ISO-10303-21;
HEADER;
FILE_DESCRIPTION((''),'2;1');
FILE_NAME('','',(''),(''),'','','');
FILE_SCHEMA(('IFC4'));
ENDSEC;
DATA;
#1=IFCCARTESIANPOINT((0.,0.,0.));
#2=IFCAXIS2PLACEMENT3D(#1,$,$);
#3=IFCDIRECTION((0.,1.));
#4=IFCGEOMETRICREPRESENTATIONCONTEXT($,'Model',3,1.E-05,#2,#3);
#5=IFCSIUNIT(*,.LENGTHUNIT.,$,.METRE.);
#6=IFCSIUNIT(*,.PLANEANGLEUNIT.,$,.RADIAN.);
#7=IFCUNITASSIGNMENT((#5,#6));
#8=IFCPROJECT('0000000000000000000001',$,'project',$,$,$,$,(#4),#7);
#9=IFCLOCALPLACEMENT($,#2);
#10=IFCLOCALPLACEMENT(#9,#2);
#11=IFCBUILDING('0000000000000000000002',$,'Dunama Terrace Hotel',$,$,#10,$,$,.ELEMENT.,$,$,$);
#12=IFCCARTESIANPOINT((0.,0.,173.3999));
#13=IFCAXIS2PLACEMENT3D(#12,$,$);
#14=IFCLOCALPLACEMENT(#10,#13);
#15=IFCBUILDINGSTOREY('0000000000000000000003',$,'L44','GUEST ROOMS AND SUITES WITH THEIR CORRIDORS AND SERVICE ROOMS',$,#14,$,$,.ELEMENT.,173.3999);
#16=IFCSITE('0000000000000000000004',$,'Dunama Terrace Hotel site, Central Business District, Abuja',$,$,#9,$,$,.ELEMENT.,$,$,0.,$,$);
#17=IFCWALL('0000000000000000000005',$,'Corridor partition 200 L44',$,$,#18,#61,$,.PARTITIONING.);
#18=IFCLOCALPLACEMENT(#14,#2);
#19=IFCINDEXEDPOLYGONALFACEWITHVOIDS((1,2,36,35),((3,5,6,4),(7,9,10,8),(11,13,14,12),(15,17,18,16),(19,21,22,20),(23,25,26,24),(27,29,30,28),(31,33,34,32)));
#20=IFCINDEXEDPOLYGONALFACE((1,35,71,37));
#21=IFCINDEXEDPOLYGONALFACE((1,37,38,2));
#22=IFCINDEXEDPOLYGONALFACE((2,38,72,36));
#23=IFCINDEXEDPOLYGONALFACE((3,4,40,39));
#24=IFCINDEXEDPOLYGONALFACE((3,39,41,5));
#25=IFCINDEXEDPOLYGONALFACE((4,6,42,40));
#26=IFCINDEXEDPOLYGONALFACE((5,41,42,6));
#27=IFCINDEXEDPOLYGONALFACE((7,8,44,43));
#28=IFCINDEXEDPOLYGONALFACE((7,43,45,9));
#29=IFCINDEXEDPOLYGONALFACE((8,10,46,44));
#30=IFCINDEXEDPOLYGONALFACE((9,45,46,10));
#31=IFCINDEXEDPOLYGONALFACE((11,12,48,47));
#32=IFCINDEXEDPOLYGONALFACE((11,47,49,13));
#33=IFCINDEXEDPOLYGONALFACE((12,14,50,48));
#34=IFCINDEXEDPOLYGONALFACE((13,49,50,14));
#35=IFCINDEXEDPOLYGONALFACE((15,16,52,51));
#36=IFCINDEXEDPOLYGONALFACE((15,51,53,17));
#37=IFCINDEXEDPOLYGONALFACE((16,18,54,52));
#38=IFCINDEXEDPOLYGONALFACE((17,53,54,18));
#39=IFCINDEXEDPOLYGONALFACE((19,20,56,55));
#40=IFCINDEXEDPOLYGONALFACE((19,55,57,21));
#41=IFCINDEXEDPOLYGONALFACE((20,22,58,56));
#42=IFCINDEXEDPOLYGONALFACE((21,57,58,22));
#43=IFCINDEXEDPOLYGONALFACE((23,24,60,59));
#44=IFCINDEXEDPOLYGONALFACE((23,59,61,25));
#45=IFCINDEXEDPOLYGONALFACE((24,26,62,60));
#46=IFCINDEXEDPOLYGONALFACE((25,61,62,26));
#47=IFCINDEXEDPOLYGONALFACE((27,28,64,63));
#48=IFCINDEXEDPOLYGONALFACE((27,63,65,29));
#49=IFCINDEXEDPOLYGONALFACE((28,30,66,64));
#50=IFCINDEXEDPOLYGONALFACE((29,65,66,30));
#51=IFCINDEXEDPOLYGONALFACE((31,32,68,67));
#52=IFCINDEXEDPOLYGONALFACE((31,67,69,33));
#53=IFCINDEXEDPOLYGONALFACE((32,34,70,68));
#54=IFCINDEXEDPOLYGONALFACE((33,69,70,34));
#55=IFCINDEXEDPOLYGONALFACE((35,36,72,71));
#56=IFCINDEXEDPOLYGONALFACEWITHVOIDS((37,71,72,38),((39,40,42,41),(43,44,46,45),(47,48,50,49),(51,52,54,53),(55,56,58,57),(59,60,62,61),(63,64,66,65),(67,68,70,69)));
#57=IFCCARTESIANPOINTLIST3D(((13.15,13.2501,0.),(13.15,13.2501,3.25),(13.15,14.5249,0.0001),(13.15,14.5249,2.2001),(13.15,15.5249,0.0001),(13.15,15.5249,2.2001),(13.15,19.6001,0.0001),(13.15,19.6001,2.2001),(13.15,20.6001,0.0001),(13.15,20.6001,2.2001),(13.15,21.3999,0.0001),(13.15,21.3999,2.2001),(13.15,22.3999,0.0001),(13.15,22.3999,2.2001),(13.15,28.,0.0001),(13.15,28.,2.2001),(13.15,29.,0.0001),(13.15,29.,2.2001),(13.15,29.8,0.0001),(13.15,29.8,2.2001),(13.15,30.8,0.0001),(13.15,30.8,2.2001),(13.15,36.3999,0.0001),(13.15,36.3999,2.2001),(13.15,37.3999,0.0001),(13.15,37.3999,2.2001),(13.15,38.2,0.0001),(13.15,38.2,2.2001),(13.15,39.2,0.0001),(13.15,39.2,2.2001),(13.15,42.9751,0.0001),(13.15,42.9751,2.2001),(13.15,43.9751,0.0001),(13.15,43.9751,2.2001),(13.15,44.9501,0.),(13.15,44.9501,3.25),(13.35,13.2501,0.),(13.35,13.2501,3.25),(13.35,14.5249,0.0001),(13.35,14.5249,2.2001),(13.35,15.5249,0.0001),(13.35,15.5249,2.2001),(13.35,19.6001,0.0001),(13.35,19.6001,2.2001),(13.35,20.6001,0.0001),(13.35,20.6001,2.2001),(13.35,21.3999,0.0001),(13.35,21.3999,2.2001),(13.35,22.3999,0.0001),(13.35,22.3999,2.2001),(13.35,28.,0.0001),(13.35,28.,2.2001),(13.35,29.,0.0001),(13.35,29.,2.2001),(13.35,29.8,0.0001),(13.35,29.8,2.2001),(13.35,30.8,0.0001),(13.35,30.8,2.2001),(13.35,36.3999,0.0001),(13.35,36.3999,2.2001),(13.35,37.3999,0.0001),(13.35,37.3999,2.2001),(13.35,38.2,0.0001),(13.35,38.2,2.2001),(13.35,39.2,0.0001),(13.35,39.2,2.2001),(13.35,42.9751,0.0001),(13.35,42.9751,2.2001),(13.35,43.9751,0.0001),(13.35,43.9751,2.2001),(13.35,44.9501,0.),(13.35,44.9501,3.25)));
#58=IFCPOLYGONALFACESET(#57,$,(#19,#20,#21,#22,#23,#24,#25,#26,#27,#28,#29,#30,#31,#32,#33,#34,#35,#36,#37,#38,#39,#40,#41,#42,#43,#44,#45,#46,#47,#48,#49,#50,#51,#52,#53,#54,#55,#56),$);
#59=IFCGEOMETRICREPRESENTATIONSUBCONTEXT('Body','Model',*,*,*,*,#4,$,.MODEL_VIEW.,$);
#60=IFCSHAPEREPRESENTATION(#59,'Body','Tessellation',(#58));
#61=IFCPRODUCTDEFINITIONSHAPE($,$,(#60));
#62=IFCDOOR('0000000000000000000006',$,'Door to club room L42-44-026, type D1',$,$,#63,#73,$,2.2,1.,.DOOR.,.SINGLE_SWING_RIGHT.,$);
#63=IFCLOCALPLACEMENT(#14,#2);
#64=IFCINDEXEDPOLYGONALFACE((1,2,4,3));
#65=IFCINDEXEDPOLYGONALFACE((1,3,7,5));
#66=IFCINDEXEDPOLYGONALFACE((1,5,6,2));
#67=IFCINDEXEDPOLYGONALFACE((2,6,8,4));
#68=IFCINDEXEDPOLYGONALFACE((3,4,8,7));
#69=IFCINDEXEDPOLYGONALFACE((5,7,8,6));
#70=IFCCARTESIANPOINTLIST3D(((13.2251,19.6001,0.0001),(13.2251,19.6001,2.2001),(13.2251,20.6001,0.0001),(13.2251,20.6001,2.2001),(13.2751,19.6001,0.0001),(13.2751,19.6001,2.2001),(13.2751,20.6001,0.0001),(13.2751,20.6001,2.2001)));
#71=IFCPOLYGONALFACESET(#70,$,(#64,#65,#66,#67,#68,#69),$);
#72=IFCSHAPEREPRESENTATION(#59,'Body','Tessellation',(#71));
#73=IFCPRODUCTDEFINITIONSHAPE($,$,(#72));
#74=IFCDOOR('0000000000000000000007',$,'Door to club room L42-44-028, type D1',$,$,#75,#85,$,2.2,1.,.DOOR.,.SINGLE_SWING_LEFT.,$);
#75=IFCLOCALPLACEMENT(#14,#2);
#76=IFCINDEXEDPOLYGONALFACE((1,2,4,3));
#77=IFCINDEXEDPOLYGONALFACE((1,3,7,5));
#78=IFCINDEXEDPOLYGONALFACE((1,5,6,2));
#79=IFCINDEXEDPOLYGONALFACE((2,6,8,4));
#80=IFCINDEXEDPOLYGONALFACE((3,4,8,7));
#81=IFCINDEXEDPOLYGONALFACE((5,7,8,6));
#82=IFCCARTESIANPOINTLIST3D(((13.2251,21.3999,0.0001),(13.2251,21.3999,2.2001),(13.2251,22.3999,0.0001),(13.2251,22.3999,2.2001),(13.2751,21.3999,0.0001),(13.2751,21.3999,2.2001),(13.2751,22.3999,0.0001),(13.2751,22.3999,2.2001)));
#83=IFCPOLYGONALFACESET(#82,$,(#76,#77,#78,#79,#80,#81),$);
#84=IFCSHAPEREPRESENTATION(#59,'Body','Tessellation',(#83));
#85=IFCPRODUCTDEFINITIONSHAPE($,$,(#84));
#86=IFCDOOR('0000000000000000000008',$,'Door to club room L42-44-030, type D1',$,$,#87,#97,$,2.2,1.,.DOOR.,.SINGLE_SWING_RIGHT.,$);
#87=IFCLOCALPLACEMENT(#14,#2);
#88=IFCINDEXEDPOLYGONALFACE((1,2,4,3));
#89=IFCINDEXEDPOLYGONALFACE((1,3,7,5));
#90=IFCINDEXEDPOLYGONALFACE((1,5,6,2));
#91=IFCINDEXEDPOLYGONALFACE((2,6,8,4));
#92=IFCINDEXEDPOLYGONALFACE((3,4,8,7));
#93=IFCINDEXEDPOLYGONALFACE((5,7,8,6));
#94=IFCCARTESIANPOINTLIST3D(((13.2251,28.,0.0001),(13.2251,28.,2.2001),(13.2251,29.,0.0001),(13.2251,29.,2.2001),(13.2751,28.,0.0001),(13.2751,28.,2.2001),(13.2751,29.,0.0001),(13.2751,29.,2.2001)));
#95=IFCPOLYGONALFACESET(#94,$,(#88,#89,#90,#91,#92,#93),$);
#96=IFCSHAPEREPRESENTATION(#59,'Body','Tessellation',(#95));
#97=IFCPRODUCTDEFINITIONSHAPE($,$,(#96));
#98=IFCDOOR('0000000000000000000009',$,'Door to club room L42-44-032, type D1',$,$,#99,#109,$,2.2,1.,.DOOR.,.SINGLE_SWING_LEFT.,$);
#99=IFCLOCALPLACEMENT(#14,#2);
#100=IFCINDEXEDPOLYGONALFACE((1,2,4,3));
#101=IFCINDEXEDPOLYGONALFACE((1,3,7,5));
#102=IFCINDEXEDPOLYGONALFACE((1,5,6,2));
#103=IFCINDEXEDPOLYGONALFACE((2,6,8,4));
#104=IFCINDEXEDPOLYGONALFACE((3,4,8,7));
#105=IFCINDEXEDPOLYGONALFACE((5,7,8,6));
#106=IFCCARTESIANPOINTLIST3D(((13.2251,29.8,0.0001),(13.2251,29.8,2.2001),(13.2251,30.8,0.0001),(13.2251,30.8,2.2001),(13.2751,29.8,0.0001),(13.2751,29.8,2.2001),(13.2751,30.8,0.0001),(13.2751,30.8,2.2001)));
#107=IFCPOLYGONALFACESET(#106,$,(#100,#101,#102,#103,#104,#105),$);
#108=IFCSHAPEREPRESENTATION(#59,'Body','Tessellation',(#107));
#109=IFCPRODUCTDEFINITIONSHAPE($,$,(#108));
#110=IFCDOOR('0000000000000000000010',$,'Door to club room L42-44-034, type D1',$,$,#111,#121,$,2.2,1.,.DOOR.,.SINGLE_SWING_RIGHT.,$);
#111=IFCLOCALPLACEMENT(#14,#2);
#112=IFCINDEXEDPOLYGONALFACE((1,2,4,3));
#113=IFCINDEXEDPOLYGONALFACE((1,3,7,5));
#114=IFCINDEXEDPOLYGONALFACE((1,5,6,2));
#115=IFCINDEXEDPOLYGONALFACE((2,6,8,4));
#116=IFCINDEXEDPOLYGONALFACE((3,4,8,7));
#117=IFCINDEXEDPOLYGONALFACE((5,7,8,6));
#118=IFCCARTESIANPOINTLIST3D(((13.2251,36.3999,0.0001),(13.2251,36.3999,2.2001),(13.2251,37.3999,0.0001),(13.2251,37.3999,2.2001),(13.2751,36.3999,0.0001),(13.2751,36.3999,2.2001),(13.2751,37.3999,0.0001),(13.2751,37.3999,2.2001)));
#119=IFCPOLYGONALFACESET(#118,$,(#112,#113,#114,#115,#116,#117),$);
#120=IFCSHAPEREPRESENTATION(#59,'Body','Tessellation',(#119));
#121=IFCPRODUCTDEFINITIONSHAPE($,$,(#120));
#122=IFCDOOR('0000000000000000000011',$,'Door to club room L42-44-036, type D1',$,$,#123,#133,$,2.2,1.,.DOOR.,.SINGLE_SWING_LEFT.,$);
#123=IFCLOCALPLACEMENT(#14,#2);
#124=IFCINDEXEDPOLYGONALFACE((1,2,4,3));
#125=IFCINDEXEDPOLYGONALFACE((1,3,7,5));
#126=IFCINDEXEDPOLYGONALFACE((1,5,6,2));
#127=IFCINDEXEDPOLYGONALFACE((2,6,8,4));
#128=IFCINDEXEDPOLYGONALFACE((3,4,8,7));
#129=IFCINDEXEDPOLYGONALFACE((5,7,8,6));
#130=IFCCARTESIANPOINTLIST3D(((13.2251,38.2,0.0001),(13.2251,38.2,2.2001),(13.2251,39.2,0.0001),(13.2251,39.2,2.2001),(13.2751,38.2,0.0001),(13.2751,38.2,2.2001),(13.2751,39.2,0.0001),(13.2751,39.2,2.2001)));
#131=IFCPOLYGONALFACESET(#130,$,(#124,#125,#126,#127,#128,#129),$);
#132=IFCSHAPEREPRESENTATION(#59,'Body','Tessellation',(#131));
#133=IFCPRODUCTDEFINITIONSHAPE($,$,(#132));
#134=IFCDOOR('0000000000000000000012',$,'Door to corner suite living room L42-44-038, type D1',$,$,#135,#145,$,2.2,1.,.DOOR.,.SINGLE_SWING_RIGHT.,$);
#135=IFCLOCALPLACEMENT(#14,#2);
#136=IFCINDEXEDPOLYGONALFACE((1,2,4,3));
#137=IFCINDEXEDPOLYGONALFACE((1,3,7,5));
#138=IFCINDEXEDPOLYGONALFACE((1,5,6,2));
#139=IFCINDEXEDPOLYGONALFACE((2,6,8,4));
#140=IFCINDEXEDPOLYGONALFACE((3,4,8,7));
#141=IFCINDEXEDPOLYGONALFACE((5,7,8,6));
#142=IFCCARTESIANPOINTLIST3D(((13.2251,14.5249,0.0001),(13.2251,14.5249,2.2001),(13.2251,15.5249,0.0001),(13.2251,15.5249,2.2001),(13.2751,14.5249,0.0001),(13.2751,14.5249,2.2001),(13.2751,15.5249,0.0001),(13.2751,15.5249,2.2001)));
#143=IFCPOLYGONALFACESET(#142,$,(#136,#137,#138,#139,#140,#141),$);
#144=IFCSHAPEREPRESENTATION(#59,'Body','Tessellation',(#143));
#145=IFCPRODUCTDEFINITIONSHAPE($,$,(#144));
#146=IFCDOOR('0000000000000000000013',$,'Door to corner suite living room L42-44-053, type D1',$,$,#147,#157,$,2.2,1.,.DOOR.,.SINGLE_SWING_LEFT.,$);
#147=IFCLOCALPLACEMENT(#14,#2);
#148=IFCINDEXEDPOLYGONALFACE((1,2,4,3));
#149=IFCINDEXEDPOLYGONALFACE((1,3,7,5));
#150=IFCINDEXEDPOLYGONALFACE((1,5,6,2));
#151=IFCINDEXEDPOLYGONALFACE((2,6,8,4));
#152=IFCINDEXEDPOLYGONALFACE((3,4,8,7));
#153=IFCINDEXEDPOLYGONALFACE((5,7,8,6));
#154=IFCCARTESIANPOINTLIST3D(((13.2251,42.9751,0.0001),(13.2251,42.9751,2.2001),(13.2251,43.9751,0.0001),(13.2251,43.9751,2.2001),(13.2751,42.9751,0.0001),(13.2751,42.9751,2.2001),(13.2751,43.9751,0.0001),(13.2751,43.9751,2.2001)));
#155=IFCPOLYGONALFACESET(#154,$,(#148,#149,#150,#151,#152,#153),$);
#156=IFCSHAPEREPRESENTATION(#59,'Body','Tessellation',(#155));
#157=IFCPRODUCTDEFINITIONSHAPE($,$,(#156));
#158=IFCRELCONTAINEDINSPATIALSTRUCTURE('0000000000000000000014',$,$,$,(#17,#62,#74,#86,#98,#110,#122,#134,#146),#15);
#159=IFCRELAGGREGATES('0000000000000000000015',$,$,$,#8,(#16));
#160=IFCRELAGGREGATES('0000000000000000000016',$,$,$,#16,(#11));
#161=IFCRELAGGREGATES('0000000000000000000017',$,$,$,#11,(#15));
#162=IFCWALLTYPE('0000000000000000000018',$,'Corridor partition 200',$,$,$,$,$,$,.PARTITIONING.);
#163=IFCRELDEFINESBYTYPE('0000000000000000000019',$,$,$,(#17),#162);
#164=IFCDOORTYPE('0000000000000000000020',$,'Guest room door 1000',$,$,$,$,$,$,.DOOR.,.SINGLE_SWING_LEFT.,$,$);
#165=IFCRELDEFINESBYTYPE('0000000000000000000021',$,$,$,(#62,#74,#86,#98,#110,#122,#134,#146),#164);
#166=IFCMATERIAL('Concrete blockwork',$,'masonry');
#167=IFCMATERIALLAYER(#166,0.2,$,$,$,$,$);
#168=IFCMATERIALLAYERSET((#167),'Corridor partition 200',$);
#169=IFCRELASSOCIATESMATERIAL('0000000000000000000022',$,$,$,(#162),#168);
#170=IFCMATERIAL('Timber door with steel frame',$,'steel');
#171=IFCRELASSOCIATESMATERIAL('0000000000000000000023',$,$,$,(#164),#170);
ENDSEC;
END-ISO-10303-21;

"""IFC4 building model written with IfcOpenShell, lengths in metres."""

from ifc_helpers import new_model, si_unit, direction, frame, frame_2d, origin, place, context, subcontext, project, spatial, rectangle, extrude, material, layer, layer_set, type_object, element, fill, save


model = new_model("IFC4")

# Units and contexts
model_context = context("Model", 3, precision=1e-05, world=origin(), true_north=direction((0.0, 1.0)))
body_context = subcontext(model_context, "Body", "Model", "MODEL_VIEW")
ifc_project = project(units=[si_unit("LENGTHUNIT", "METRE"), si_unit("PLANEANGLEUNIT", "RADIAN")], contexts=[model_context])

# Site, building, storey
site_placement = place(None, origin())
site = spatial("IfcSite", under=ifc_project, at=site_placement, Name="Dunama Terrace Hotel site, Central Business District, Abuja", CompositionType="ELEMENT", RefElevation=0.0)
building_placement = place(site_placement, origin())
building = spatial("IfcBuilding", under=site, at=building_placement, Name="Dunama Terrace Hotel", CompositionType="ELEMENT")
storey_placement = place(building_placement, frame((0.0, 0.0, 173.3999)))
storey = spatial("IfcBuildingStorey", under=building, at=storey_placement, Name="L44", Description="GUEST ROOMS AND SUITES WITH THEIR CORRIDORS AND SERVICE ROOMS", CompositionType="ELEMENT", Elevation=173.3999)

# Wall, openings, doors
ifc_material_1 = material(Name="Concrete blockwork", Category="masonry")
ifc_layer_1 = layer(ifc_material_1, 0.2)
ifc_layer_set_1 = layer_set([ifc_layer_1], Name="Corridor partition 200")
wall_type_1 = type_object("IfcWallType", Name="Corridor partition 200", PredefinedType="PARTITIONING", material=ifc_layer_set_1)
wall_1_placement = place(storey_placement, frame((13.25, 13.25, 0.0), z_axis=(0.0, 0.0, 1.0), x_axis=(0.0, 1.0, 0.0)))
wall_1 = element("IfcWall", 1, at=wall_1_placement, inside=storey, type_object=wall_type_1, Name="Corridor partition 200 L44", PredefinedType="PARTITIONING", context=body_context, shape_type="SweptSolid", body=[
    extrude(rectangle(XDim=31.7, YDim=0.2, at=frame_2d((15.8501, 0.0))), origin(), (0.0, 0.0, 1.0), 3.25),
])
opening_1_placement = place(wall_1_placement, frame((6.3501, 0.0, 0.0)))
opening_1 = element("IfcOpeningElement", 2, at=opening_1_placement, cuts=wall_1, PredefinedType="OPENING", context=body_context, shape_type="SweptSolid", body=[
    extrude(rectangle(XDim=1.0, YDim=2.2, at=frame_2d((0.5, 1.1001))), frame((0.0, 0.1099, 0.0), z_axis=(0.0, -1.0, 0.0), x_axis=(1.0, 0.0, 0.0)), (0.0, 0.0, 1.0), 0.22),
])
opening_2_placement = place(wall_1_placement, frame((8.1499, 0.0, 0.0)))
opening_2 = element("IfcOpeningElement", 3, at=opening_2_placement, cuts=wall_1, PredefinedType="OPENING", context=body_context, shape_type="SweptSolid", body=[
    extrude(rectangle(XDim=1.0, YDim=2.2, at=frame_2d((0.5, 1.1001))), frame((0.0, 0.1099, 0.0), z_axis=(0.0, -1.0, 0.0), x_axis=(1.0, 0.0, 0.0)), (0.0, 0.0, 1.0), 0.22),
])
opening_3_placement = place(wall_1_placement, frame((14.75, 0.0, 0.0)))
opening_3 = element("IfcOpeningElement", 4, at=opening_3_placement, cuts=wall_1, PredefinedType="OPENING", context=body_context, shape_type="SweptSolid", body=[
    extrude(rectangle(XDim=1.0, YDim=2.2, at=frame_2d((0.5, 1.1001))), frame((0.0, 0.1099, 0.0), z_axis=(0.0, -1.0, 0.0), x_axis=(1.0, 0.0, 0.0)), (0.0, 0.0, 1.0), 0.22),
])
opening_4_placement = place(wall_1_placement, frame((16.55, 0.0, 0.0)))
opening_4 = element("IfcOpeningElement", 5, at=opening_4_placement, cuts=wall_1, PredefinedType="OPENING", context=body_context, shape_type="SweptSolid", body=[
    extrude(rectangle(XDim=1.0, YDim=2.2, at=frame_2d((0.5, 1.1001))), frame((0.0, 0.1099, 0.0), z_axis=(0.0, -1.0, 0.0), x_axis=(1.0, 0.0, 0.0)), (0.0, 0.0, 1.0), 0.22),
])
opening_5_placement = place(wall_1_placement, frame((23.1499, 0.0, 0.0)))
opening_5 = element("IfcOpeningElement", 6, at=opening_5_placement, cuts=wall_1, PredefinedType="OPENING", context=body_context, shape_type="SweptSolid", body=[
    extrude(rectangle(XDim=1.0, YDim=2.2, at=frame_2d((0.5, 1.1001))), frame((0.0, 0.1099, 0.0), z_axis=(0.0, -1.0, 0.0), x_axis=(1.0, 0.0, 0.0)), (0.0, 0.0, 1.0), 0.22),
])
opening_6_placement = place(wall_1_placement, frame((24.95, 0.0, 0.0)))
opening_6 = element("IfcOpeningElement", 7, at=opening_6_placement, cuts=wall_1, PredefinedType="OPENING", context=body_context, shape_type="SweptSolid", body=[
    extrude(rectangle(XDim=1.0, YDim=2.2, at=frame_2d((0.5, 1.1001))), frame((0.0, 0.1099, 0.0), z_axis=(0.0, -1.0, 0.0), x_axis=(1.0, 0.0, 0.0)), (0.0, 0.0, 1.0), 0.22),
])
opening_7_placement = place(wall_1_placement, frame((1.2749, 0.0, 0.0)))
opening_7 = element("IfcOpeningElement", 8, at=opening_7_placement, cuts=wall_1, PredefinedType="OPENING", context=body_context, shape_type="SweptSolid", body=[
    extrude(rectangle(XDim=1.0, YDim=2.2, at=frame_2d((0.5, 1.1001))), frame((0.0, 0.1099, 0.0), z_axis=(0.0, -1.0, 0.0), x_axis=(1.0, 0.0, 0.0)), (0.0, 0.0, 1.0), 0.22),
])
opening_8_placement = place(wall_1_placement, frame((29.7251, 0.0, 0.0)))
opening_8 = element("IfcOpeningElement", 9, at=opening_8_placement, cuts=wall_1, PredefinedType="OPENING", context=body_context, shape_type="SweptSolid", body=[
    extrude(rectangle(XDim=1.0, YDim=2.2, at=frame_2d((0.5, 1.1001))), frame((0.0, 0.1099, 0.0), z_axis=(0.0, -1.0, 0.0), x_axis=(1.0, 0.0, 0.0)), (0.0, 0.0, 1.0), 0.22),
])
ifc_material_2 = material(Name="Timber door with steel frame", Category="steel")
door_type_1 = type_object("IfcDoorType", Name="Guest room door 1000", OperationType="SINGLE_SWING_LEFT", PredefinedType="DOOR", material=ifc_material_2)
door_1_placement = place(opening_1_placement, origin())
door_1 = element("IfcDoor", 10, at=door_1_placement, inside=storey, type_object=door_type_1, Name="Door to club room L42-44-026, type D1", OperationType="SINGLE_SWING_RIGHT", OverallHeight=2.2, OverallWidth=1.0, PredefinedType="DOOR", context=body_context, shape_type="SweptSolid", body=[
    extrude(rectangle(XDim=1.0, YDim=2.2, at=frame_2d((0.5, 1.1001))), frame((0.0, 0.0249, 0.0), z_axis=(0.0, -1.0, 0.0), x_axis=(1.0, 0.0, 0.0)), (0.0, 0.0, 1.0), 0.05),
])
fill(opening_1, door_1)
door_2_placement = place(opening_2_placement, origin())
door_2 = element("IfcDoor", 11, at=door_2_placement, inside=storey, type_object=door_type_1, Name="Door to club room L42-44-028, type D1", OperationType="SINGLE_SWING_LEFT", OverallHeight=2.2, OverallWidth=1.0, PredefinedType="DOOR", context=body_context, shape_type="SweptSolid", body=[
    extrude(rectangle(XDim=1.0, YDim=2.2, at=frame_2d((0.5, 1.1001))), frame((0.0, 0.0249, 0.0), z_axis=(0.0, -1.0, 0.0), x_axis=(1.0, 0.0, 0.0)), (0.0, 0.0, 1.0), 0.05),
])
fill(opening_2, door_2)
door_3_placement = place(opening_3_placement, origin())
door_3 = element("IfcDoor", 12, at=door_3_placement, inside=storey, type_object=door_type_1, Name="Door to club room L42-44-030, type D1", OperationType="SINGLE_SWING_RIGHT", OverallHeight=2.2, OverallWidth=1.0, PredefinedType="DOOR", context=body_context, shape_type="SweptSolid", body=[
    extrude(rectangle(XDim=1.0, YDim=2.2, at=frame_2d((0.5, 1.1001))), frame((0.0, 0.0249, 0.0), z_axis=(0.0, -1.0, 0.0), x_axis=(1.0, 0.0, 0.0)), (0.0, 0.0, 1.0), 0.05),
])
fill(opening_3, door_3)
door_4_placement = place(opening_4_placement, origin())
door_4 = element("IfcDoor", 13, at=door_4_placement, inside=storey, type_object=door_type_1, Name="Door to club room L42-44-032, type D1", OperationType="SINGLE_SWING_LEFT", OverallHeight=2.2, OverallWidth=1.0, PredefinedType="DOOR", context=body_context, shape_type="SweptSolid", body=[
    extrude(rectangle(XDim=1.0, YDim=2.2, at=frame_2d((0.5, 1.1001))), frame((0.0, 0.0249, 0.0), z_axis=(0.0, -1.0, 0.0), x_axis=(1.0, 0.0, 0.0)), (0.0, 0.0, 1.0), 0.05),
])
fill(opening_4, door_4)
door_5_placement = place(opening_5_placement, origin())
door_5 = element("IfcDoor", 14, at=door_5_placement, inside=storey, type_object=door_type_1, Name="Door to club room L42-44-034, type D1", OperationType="SINGLE_SWING_RIGHT", OverallHeight=2.2, OverallWidth=1.0, PredefinedType="DOOR", context=body_context, shape_type="SweptSolid", body=[
    extrude(rectangle(XDim=1.0, YDim=2.2, at=frame_2d((0.5, 1.1001))), frame((0.0, 0.0249, 0.0), z_axis=(0.0, -1.0, 0.0), x_axis=(1.0, 0.0, 0.0)), (0.0, 0.0, 1.0), 0.05),
])
fill(opening_5, door_5)
door_6_placement = place(opening_6_placement, origin())
door_6 = element("IfcDoor", 15, at=door_6_placement, inside=storey, type_object=door_type_1, Name="Door to club room L42-44-036, type D1", OperationType="SINGLE_SWING_LEFT", OverallHeight=2.2, OverallWidth=1.0, PredefinedType="DOOR", context=body_context, shape_type="SweptSolid", body=[
    extrude(rectangle(XDim=1.0, YDim=2.2, at=frame_2d((0.5, 1.1001))), frame((0.0, 0.0249, 0.0), z_axis=(0.0, -1.0, 0.0), x_axis=(1.0, 0.0, 0.0)), (0.0, 0.0, 1.0), 0.05),
])
fill(opening_6, door_6)
door_7_placement = place(opening_7_placement, origin())
door_7 = element("IfcDoor", 16, at=door_7_placement, inside=storey, type_object=door_type_1, Name="Door to corner suite living room L42-44-038, type D1", OperationType="SINGLE_SWING_RIGHT", OverallHeight=2.2, OverallWidth=1.0, PredefinedType="DOOR", context=body_context, shape_type="SweptSolid", body=[
    extrude(rectangle(XDim=1.0, YDim=2.2, at=frame_2d((0.5, 1.1001))), frame((0.0, 0.0249, 0.0), z_axis=(0.0, -1.0, 0.0), x_axis=(1.0, 0.0, 0.0)), (0.0, 0.0, 1.0), 0.05),
])
fill(opening_7, door_7)
door_8_placement = place(opening_8_placement, origin())
door_8 = element("IfcDoor", 17, at=door_8_placement, inside=storey, type_object=door_type_1, Name="Door to corner suite living room L42-44-053, type D1", OperationType="SINGLE_SWING_LEFT", OverallHeight=2.2, OverallWidth=1.0, PredefinedType="DOOR", context=body_context, shape_type="SweptSolid", body=[
    extrude(rectangle(XDim=1.0, YDim=2.2, at=frame_2d((0.5, 1.1001))), frame((0.0, 0.0249, 0.0), z_axis=(0.0, -1.0, 0.0), x_axis=(1.0, 0.0, 0.0)), (0.0, 0.0, 1.0), 0.05),
])
fill(opening_8, door_8)

save(model, "model.ifc")
